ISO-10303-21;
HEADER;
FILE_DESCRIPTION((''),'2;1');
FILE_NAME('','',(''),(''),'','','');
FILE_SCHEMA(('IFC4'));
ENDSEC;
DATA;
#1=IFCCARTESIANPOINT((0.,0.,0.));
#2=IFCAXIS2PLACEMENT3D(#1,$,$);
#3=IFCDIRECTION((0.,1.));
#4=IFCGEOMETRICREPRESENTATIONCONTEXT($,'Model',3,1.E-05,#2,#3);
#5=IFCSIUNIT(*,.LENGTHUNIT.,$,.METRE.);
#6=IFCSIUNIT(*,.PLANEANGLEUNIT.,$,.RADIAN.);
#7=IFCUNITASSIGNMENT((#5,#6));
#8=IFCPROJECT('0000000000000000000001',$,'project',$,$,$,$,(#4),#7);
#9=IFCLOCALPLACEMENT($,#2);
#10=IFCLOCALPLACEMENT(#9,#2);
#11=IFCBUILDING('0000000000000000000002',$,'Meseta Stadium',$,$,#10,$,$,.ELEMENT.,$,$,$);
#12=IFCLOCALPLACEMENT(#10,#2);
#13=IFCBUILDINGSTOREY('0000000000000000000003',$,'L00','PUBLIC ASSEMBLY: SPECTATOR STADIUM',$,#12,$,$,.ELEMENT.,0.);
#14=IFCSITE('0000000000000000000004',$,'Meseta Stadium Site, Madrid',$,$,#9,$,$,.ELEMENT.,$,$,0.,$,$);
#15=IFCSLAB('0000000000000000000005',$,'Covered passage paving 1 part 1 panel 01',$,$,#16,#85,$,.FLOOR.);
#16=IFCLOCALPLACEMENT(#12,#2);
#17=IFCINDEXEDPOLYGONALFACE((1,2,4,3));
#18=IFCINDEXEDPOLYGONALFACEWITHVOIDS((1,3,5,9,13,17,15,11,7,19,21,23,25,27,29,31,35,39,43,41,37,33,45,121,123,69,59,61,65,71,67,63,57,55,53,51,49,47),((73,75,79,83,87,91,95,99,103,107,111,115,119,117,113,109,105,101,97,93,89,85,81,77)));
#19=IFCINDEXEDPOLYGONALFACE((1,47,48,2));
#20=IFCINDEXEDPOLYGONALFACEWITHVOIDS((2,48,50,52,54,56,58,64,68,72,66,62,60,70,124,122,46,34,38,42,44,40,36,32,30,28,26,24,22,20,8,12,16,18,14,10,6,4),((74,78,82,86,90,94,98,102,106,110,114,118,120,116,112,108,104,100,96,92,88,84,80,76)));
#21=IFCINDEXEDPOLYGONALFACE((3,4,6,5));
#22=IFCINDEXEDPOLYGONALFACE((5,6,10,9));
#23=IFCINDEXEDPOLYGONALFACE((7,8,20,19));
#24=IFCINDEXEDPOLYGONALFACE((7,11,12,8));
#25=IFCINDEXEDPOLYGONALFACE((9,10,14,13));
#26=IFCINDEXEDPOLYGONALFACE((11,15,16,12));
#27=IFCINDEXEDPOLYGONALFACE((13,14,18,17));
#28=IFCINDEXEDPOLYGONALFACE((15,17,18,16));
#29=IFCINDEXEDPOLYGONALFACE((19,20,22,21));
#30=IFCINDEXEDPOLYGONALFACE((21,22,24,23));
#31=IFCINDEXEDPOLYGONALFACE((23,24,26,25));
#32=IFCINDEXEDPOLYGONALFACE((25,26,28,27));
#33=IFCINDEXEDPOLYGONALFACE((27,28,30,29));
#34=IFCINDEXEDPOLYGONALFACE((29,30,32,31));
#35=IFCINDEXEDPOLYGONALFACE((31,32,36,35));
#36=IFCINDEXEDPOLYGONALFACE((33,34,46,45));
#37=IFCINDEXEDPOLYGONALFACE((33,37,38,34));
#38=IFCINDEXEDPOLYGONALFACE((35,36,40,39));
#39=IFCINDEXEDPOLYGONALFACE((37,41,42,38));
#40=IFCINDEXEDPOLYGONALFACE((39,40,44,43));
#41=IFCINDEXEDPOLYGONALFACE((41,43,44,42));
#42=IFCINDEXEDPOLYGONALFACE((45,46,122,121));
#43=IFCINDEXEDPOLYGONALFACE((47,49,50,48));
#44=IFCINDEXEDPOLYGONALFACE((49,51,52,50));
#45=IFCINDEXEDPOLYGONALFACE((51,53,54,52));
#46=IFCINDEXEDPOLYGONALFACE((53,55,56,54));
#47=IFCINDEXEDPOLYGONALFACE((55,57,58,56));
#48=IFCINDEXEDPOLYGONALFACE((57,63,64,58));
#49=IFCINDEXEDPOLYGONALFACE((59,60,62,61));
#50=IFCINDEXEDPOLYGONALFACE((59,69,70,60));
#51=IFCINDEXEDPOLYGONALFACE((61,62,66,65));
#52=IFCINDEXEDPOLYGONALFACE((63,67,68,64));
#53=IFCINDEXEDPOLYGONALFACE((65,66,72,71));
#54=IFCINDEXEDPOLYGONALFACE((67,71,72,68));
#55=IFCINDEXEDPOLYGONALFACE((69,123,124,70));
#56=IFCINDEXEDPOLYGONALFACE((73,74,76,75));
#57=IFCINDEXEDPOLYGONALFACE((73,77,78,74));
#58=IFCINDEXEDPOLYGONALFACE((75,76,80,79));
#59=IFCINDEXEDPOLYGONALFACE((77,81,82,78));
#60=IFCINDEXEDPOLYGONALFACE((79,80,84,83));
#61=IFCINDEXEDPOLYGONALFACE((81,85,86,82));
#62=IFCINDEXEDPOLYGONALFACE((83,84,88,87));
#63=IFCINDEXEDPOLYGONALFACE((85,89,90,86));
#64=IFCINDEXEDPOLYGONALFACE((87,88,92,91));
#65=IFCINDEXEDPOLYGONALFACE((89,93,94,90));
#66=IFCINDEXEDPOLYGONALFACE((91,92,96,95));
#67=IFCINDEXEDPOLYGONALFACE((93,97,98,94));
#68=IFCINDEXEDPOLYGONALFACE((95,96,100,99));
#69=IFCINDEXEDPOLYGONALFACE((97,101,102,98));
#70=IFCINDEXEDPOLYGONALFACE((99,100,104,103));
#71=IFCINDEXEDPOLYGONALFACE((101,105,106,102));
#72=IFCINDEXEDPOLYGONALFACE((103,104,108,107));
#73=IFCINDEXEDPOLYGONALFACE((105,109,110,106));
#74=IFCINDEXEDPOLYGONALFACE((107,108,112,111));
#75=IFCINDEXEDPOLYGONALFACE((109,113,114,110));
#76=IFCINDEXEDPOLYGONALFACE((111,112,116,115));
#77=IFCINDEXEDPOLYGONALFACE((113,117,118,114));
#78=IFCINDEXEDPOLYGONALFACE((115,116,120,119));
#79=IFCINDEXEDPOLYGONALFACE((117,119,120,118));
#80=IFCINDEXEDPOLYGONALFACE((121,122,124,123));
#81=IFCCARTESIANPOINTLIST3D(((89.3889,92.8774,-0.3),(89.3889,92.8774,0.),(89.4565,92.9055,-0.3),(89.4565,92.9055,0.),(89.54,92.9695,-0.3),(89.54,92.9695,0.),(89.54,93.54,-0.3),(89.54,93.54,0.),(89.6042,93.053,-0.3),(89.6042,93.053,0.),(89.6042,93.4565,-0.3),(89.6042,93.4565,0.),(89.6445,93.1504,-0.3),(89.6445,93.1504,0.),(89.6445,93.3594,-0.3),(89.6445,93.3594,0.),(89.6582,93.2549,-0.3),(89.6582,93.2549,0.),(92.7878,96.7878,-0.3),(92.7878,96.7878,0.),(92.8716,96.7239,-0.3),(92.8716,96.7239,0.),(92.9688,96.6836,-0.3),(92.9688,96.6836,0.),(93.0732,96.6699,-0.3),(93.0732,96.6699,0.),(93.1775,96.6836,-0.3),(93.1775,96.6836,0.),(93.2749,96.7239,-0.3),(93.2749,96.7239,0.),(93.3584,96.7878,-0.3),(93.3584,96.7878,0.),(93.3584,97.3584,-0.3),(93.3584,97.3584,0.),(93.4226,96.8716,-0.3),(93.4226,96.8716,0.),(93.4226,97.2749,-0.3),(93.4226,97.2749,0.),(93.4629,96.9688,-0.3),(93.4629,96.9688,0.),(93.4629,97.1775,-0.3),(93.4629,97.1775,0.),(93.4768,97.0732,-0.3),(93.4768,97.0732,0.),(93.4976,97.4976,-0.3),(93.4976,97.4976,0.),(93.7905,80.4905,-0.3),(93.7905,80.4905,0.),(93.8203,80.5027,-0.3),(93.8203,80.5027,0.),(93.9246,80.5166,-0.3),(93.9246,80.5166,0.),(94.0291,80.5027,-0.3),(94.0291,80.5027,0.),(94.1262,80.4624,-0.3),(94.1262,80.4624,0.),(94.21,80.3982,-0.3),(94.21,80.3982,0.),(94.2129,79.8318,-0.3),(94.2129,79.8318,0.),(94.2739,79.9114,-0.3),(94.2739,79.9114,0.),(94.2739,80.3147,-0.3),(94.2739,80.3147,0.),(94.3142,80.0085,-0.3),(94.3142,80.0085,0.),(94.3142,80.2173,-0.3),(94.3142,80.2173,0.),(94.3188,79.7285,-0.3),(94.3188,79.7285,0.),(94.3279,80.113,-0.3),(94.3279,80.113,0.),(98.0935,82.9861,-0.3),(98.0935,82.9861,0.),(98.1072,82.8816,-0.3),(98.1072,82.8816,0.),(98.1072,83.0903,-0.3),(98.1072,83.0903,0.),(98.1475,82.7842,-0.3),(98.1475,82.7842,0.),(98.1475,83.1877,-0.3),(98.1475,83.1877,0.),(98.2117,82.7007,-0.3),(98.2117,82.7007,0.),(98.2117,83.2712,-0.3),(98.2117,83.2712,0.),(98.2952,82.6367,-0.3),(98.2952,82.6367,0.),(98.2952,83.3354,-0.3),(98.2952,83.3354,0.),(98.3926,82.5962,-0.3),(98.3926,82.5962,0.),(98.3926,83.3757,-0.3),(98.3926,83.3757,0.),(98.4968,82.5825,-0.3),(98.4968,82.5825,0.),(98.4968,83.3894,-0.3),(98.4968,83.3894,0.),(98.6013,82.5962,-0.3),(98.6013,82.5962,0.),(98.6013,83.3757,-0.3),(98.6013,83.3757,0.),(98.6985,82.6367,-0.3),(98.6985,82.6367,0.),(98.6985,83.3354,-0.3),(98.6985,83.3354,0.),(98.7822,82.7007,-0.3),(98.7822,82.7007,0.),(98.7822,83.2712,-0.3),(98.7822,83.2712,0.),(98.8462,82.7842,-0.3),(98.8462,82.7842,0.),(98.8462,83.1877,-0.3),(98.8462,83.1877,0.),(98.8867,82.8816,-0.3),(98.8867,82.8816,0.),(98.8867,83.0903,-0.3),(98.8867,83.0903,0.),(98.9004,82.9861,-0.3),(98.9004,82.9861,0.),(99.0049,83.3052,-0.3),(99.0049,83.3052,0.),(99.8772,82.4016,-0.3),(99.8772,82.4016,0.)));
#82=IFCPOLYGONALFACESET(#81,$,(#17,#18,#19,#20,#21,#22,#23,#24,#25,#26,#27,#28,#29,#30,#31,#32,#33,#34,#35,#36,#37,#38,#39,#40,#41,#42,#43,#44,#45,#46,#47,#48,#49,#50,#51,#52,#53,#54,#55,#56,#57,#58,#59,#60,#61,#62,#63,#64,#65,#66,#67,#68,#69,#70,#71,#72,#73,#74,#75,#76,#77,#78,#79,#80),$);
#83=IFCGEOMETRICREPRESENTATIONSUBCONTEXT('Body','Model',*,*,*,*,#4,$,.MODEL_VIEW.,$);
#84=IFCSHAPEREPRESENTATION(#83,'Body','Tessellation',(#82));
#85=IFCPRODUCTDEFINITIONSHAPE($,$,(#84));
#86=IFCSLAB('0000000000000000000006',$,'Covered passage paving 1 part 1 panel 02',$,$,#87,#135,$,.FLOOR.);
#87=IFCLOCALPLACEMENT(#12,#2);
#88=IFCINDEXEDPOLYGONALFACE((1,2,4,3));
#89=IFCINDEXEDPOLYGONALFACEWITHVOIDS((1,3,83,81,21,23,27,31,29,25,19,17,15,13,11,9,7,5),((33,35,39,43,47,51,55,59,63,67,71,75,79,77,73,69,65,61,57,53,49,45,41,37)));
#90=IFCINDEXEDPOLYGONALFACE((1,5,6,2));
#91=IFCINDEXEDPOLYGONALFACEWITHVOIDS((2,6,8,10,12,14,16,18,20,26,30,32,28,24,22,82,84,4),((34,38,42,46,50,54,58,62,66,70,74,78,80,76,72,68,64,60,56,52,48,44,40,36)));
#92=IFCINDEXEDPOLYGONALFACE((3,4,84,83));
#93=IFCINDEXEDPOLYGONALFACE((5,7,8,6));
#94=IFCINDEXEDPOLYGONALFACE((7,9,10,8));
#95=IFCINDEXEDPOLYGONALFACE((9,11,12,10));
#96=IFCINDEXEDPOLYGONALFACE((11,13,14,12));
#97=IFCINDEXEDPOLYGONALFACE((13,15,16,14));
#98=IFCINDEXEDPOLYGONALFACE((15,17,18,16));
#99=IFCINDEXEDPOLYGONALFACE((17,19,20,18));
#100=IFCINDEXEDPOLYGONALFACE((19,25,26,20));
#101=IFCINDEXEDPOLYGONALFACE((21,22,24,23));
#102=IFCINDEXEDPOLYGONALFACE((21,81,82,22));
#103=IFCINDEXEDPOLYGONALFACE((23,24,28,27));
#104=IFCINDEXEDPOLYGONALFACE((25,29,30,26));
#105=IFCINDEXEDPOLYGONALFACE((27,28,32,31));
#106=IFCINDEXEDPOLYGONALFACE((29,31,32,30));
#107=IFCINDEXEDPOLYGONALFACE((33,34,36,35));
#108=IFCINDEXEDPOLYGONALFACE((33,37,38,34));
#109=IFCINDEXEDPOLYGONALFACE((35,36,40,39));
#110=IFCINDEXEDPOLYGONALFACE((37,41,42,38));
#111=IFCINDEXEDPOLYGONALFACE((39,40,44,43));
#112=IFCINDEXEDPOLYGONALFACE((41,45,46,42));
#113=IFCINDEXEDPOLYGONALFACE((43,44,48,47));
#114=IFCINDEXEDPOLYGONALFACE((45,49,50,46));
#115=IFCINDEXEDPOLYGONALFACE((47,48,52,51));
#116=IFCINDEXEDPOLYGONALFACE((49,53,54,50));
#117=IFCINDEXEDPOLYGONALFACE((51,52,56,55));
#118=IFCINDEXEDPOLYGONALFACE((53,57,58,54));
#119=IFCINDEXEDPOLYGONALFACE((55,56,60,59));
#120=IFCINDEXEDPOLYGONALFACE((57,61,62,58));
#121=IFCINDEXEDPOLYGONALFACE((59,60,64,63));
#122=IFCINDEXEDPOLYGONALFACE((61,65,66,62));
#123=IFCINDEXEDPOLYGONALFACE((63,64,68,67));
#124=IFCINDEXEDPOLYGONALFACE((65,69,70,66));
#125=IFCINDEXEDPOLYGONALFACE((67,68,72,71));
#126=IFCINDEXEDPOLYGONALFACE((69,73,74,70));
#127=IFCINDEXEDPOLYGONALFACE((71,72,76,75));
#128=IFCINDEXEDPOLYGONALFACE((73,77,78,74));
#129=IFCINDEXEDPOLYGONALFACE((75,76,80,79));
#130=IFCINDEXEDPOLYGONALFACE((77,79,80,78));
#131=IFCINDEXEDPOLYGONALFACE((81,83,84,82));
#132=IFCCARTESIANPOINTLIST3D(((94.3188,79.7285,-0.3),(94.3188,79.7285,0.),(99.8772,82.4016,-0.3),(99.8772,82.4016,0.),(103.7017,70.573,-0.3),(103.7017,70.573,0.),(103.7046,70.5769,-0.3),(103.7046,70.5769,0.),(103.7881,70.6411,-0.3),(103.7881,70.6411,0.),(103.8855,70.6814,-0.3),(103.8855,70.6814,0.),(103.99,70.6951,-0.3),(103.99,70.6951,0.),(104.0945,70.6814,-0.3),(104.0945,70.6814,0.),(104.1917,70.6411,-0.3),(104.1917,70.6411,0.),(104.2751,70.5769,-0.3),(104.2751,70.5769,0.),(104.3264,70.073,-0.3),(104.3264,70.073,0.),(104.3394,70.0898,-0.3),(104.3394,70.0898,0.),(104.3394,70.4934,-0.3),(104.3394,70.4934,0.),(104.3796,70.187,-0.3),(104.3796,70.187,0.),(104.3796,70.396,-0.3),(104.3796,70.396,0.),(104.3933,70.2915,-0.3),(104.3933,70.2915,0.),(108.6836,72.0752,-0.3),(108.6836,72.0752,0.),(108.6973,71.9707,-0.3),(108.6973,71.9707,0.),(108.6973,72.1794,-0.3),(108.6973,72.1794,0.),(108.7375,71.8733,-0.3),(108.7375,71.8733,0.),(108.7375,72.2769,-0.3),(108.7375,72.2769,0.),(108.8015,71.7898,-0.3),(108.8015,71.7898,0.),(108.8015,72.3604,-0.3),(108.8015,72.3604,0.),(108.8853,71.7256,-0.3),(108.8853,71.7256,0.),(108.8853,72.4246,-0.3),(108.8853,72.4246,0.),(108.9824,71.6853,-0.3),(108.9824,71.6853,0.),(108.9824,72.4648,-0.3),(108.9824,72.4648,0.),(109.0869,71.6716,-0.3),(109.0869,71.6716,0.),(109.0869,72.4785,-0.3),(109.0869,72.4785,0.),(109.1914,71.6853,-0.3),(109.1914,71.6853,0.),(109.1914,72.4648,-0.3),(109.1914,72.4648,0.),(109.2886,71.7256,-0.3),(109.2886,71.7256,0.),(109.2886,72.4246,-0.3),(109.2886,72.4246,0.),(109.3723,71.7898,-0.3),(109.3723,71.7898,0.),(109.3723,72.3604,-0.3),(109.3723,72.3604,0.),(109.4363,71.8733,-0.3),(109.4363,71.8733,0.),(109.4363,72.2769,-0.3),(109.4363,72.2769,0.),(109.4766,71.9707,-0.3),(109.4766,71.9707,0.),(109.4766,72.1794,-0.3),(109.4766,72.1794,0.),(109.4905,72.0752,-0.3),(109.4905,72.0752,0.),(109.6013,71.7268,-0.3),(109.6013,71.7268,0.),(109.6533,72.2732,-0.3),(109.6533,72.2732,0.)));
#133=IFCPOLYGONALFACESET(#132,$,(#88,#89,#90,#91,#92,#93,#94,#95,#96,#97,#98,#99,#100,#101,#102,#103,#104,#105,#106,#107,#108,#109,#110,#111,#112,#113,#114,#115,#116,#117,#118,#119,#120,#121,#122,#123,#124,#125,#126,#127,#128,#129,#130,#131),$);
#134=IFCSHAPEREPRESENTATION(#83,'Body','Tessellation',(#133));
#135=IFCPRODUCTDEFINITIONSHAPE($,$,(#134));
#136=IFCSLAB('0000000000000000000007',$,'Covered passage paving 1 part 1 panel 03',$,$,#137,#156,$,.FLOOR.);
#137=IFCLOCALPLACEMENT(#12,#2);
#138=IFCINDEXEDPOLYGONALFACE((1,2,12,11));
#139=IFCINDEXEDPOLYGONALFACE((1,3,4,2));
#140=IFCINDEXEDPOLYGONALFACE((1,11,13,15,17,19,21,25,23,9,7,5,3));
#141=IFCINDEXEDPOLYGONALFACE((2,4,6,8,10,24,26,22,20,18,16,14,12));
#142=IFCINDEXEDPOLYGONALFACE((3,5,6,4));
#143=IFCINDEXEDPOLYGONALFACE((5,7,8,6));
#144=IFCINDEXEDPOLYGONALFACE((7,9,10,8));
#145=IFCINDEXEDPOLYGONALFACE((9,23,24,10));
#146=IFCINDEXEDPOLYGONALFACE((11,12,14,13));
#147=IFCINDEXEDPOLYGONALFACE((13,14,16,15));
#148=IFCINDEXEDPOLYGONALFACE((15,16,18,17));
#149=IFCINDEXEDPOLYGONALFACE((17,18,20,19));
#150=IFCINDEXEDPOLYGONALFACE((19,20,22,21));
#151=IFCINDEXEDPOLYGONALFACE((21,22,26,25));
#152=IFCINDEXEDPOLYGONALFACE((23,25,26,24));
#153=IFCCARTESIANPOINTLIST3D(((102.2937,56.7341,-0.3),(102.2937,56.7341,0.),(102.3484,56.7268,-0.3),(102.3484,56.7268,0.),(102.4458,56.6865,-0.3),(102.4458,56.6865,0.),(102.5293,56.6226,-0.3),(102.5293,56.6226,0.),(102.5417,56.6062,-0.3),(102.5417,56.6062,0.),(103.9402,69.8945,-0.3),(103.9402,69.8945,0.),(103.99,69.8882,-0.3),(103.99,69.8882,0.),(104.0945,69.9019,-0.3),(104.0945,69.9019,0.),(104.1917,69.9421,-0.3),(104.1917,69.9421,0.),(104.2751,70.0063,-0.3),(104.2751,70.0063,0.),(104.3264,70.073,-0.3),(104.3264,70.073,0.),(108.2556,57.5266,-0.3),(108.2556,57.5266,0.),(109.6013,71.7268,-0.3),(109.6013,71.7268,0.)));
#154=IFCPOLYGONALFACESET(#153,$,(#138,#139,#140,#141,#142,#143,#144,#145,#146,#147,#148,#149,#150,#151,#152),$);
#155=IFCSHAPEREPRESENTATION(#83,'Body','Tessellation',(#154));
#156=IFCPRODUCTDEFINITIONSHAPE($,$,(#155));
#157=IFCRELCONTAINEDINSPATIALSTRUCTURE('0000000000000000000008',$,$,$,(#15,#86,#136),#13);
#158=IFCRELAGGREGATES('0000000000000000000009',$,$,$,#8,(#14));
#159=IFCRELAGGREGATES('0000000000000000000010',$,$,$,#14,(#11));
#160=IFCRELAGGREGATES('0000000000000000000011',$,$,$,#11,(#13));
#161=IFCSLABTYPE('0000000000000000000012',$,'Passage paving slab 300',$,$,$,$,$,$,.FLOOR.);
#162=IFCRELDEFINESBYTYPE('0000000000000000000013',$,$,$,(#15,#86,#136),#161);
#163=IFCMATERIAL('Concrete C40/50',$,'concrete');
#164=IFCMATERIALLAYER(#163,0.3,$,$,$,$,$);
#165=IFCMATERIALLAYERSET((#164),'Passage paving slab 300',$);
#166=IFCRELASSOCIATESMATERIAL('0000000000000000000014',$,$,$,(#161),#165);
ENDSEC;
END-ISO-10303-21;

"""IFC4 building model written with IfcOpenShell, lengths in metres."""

from ifc_helpers import new_model, si_unit, direction, frame, origin, place, context, subcontext, project, spatial, polyline, outline, extrude, material, layer, layer_set, type_object, element, save


model = new_model("IFC4")

# Units and contexts
model_context = context("Model", 3, precision=1e-05, world=origin(), true_north=direction((0.0, 1.0)))
body_context = subcontext(model_context, "Body", "Model", "MODEL_VIEW")
ifc_project = project(units=[si_unit("LENGTHUNIT", "METRE"), si_unit("PLANEANGLEUNIT", "RADIAN")], contexts=[model_context])

# Site, building, storey
site_placement = place(None, origin())
site = spatial("IfcSite", under=ifc_project, at=site_placement, Name="Meseta Stadium Site, Madrid", CompositionType="ELEMENT", RefElevation=0.0)
building_placement = place(site_placement, origin())
building = spatial("IfcBuilding", under=site, at=building_placement, Name="Meseta Stadium", CompositionType="ELEMENT")
storey_placement = place(building_placement, origin())
storey = spatial("IfcBuildingStorey", under=building, at=storey_placement, Name="L00", Description="PUBLIC ASSEMBLY: SPECTATOR STADIUM", CompositionType="ELEMENT", Elevation=0.0)

# Slabs
ifc_material_1 = material(Name="Concrete C40/50", Category="concrete")
ifc_layer_1 = layer(ifc_material_1, 0.3)
ifc_layer_set_1 = layer_set([ifc_layer_1], Name="Passage paving slab 300")
slab_type_1 = type_object("IfcSlabType", Name="Passage paving slab 300", PredefinedType="FLOOR", material=ifc_layer_set_1)
slab_1_placement = place(storey_placement, frame((0.0, 0.0, -0.3)))
element("IfcSlab", 1, at=slab_1_placement, inside=storey, type_object=slab_type_1, Name="Covered passage paving 1 part 1 panel 01", PredefinedType="FLOOR", context=body_context, shape_type="SweptSolid", body=[
    extrude(outline(polyline([(89.6042, 93.053), (89.54, 92.9695), (89.4565, 92.9055), (89.3889, 92.8774), (93.7905, 80.4905), (93.8203, 80.5027), (93.9246, 80.5166), (94.0291, 80.5027), (94.1262, 80.4624), (94.21, 80.3982), (94.2739, 80.3147), (94.3142, 80.2173), (94.3279, 80.113), (94.3142, 80.0085), (94.2739, 79.9114), (94.2129, 79.8318), (94.3188, 79.7285), (99.8772, 82.4016), (99.0049, 83.3052), (93.4976, 97.4976), (93.3584, 97.3584), (93.4226, 97.2749), (93.4629, 97.1775), (93.4768, 97.0732), (93.4629, 96.9688), (93.4226, 96.8716), (93.3584, 96.7878), (93.2749, 96.7239), (93.1775, 96.6836), (93.0732, 96.6699), (92.9688, 96.6836), (92.8716, 96.7239), (92.7878, 96.7878), (89.54, 93.54), (89.6042, 93.4565), (89.6445, 93.3594), (89.6582, 93.2549), (89.6445, 93.1504), (89.6042, 93.053)]), holes=[polyline([(98.8462, 82.7842), (98.7822, 82.7007), (98.6985, 82.6367), (98.6013, 82.5962), (98.4968, 82.5825), (98.3926, 82.5962), (98.2952, 82.6367), (98.2117, 82.7007), (98.1475, 82.7842), (98.1072, 82.8816), (98.0935, 82.9861), (98.1072, 83.0903), (98.1475, 83.1877), (98.2117, 83.2712), (98.2952, 83.3354), (98.3926, 83.3757), (98.4968, 83.3894), (98.6013, 83.3757), (98.6985, 83.3354), (98.7822, 83.2712), (98.8462, 83.1877), (98.8867, 83.0903), (98.9004, 82.9861), (98.8867, 82.8816), (98.8462, 82.7842)])]), origin(), (0.0, 0.0, 1.0), 0.3),
])
slab_2_placement = place(storey_placement, frame((0.0, 0.0, -0.3)))
element("IfcSlab", 2, at=slab_2_placement, inside=storey, type_object=slab_type_1, Name="Covered passage paving 1 part 1 panel 02", PredefinedType="FLOOR", context=body_context, shape_type="SweptSolid", body=[
    extrude(outline(polyline([(109.6013, 71.7268), (109.6533, 72.2732), (99.8772, 82.4016), (94.3188, 79.7285), (103.7017, 70.573), (103.7046, 70.5769), (103.7881, 70.6411), (103.8855, 70.6814), (103.99, 70.6951), (104.0945, 70.6814), (104.1917, 70.6411), (104.2751, 70.5769), (104.3394, 70.4934), (104.3796, 70.396), (104.3933, 70.2915), (104.3796, 70.187), (104.3394, 70.0898), (104.3264, 70.073), (109.6013, 71.7268)]), holes=[polyline([(109.1914, 71.6853), (109.0869, 71.6716), (108.9824, 71.6853), (108.8853, 71.7256), (108.8015, 71.7898), (108.7375, 71.8733), (108.6973, 71.9707), (108.6836, 72.0752), (108.6973, 72.1794), (108.7375, 72.2769), (108.8015, 72.3604), (108.8853, 72.4246), (108.9824, 72.4648), (109.0869, 72.4785), (109.1914, 72.4648), (109.2886, 72.4246), (109.3723, 72.3604), (109.4363, 72.2769), (109.4766, 72.1794), (109.4905, 72.0752), (109.4766, 71.9707), (109.4363, 71.8733), (109.3723, 71.7898), (109.2886, 71.7256), (109.1914, 71.6853)])]), origin(), (0.0, 0.0, 1.0), 0.3),
])
slab_3_placement = place(storey_placement, frame((0.0, 0.0, -0.3)))
element("IfcSlab", 3, at=slab_3_placement, inside=storey, type_object=slab_type_1, Name="Covered passage paving 1 part 1 panel 03", PredefinedType="FLOOR", context=body_context, shape_type="SweptSolid", body=[
    extrude(outline(polyline([(102.5417, 56.6062), (108.2556, 57.5266), (109.6013, 71.7268), (104.3264, 70.073), (104.2751, 70.0063), (104.1917, 69.9421), (104.0945, 69.9019), (103.99, 69.8882), (103.9402, 69.8945), (102.2937, 56.7341), (102.3484, 56.7268), (102.4458, 56.6865), (102.5293, 56.6226), (102.5417, 56.6062)])), origin(), (0.0, 0.0, 1.0), 0.3),
])

save(model, "model.ifc")
